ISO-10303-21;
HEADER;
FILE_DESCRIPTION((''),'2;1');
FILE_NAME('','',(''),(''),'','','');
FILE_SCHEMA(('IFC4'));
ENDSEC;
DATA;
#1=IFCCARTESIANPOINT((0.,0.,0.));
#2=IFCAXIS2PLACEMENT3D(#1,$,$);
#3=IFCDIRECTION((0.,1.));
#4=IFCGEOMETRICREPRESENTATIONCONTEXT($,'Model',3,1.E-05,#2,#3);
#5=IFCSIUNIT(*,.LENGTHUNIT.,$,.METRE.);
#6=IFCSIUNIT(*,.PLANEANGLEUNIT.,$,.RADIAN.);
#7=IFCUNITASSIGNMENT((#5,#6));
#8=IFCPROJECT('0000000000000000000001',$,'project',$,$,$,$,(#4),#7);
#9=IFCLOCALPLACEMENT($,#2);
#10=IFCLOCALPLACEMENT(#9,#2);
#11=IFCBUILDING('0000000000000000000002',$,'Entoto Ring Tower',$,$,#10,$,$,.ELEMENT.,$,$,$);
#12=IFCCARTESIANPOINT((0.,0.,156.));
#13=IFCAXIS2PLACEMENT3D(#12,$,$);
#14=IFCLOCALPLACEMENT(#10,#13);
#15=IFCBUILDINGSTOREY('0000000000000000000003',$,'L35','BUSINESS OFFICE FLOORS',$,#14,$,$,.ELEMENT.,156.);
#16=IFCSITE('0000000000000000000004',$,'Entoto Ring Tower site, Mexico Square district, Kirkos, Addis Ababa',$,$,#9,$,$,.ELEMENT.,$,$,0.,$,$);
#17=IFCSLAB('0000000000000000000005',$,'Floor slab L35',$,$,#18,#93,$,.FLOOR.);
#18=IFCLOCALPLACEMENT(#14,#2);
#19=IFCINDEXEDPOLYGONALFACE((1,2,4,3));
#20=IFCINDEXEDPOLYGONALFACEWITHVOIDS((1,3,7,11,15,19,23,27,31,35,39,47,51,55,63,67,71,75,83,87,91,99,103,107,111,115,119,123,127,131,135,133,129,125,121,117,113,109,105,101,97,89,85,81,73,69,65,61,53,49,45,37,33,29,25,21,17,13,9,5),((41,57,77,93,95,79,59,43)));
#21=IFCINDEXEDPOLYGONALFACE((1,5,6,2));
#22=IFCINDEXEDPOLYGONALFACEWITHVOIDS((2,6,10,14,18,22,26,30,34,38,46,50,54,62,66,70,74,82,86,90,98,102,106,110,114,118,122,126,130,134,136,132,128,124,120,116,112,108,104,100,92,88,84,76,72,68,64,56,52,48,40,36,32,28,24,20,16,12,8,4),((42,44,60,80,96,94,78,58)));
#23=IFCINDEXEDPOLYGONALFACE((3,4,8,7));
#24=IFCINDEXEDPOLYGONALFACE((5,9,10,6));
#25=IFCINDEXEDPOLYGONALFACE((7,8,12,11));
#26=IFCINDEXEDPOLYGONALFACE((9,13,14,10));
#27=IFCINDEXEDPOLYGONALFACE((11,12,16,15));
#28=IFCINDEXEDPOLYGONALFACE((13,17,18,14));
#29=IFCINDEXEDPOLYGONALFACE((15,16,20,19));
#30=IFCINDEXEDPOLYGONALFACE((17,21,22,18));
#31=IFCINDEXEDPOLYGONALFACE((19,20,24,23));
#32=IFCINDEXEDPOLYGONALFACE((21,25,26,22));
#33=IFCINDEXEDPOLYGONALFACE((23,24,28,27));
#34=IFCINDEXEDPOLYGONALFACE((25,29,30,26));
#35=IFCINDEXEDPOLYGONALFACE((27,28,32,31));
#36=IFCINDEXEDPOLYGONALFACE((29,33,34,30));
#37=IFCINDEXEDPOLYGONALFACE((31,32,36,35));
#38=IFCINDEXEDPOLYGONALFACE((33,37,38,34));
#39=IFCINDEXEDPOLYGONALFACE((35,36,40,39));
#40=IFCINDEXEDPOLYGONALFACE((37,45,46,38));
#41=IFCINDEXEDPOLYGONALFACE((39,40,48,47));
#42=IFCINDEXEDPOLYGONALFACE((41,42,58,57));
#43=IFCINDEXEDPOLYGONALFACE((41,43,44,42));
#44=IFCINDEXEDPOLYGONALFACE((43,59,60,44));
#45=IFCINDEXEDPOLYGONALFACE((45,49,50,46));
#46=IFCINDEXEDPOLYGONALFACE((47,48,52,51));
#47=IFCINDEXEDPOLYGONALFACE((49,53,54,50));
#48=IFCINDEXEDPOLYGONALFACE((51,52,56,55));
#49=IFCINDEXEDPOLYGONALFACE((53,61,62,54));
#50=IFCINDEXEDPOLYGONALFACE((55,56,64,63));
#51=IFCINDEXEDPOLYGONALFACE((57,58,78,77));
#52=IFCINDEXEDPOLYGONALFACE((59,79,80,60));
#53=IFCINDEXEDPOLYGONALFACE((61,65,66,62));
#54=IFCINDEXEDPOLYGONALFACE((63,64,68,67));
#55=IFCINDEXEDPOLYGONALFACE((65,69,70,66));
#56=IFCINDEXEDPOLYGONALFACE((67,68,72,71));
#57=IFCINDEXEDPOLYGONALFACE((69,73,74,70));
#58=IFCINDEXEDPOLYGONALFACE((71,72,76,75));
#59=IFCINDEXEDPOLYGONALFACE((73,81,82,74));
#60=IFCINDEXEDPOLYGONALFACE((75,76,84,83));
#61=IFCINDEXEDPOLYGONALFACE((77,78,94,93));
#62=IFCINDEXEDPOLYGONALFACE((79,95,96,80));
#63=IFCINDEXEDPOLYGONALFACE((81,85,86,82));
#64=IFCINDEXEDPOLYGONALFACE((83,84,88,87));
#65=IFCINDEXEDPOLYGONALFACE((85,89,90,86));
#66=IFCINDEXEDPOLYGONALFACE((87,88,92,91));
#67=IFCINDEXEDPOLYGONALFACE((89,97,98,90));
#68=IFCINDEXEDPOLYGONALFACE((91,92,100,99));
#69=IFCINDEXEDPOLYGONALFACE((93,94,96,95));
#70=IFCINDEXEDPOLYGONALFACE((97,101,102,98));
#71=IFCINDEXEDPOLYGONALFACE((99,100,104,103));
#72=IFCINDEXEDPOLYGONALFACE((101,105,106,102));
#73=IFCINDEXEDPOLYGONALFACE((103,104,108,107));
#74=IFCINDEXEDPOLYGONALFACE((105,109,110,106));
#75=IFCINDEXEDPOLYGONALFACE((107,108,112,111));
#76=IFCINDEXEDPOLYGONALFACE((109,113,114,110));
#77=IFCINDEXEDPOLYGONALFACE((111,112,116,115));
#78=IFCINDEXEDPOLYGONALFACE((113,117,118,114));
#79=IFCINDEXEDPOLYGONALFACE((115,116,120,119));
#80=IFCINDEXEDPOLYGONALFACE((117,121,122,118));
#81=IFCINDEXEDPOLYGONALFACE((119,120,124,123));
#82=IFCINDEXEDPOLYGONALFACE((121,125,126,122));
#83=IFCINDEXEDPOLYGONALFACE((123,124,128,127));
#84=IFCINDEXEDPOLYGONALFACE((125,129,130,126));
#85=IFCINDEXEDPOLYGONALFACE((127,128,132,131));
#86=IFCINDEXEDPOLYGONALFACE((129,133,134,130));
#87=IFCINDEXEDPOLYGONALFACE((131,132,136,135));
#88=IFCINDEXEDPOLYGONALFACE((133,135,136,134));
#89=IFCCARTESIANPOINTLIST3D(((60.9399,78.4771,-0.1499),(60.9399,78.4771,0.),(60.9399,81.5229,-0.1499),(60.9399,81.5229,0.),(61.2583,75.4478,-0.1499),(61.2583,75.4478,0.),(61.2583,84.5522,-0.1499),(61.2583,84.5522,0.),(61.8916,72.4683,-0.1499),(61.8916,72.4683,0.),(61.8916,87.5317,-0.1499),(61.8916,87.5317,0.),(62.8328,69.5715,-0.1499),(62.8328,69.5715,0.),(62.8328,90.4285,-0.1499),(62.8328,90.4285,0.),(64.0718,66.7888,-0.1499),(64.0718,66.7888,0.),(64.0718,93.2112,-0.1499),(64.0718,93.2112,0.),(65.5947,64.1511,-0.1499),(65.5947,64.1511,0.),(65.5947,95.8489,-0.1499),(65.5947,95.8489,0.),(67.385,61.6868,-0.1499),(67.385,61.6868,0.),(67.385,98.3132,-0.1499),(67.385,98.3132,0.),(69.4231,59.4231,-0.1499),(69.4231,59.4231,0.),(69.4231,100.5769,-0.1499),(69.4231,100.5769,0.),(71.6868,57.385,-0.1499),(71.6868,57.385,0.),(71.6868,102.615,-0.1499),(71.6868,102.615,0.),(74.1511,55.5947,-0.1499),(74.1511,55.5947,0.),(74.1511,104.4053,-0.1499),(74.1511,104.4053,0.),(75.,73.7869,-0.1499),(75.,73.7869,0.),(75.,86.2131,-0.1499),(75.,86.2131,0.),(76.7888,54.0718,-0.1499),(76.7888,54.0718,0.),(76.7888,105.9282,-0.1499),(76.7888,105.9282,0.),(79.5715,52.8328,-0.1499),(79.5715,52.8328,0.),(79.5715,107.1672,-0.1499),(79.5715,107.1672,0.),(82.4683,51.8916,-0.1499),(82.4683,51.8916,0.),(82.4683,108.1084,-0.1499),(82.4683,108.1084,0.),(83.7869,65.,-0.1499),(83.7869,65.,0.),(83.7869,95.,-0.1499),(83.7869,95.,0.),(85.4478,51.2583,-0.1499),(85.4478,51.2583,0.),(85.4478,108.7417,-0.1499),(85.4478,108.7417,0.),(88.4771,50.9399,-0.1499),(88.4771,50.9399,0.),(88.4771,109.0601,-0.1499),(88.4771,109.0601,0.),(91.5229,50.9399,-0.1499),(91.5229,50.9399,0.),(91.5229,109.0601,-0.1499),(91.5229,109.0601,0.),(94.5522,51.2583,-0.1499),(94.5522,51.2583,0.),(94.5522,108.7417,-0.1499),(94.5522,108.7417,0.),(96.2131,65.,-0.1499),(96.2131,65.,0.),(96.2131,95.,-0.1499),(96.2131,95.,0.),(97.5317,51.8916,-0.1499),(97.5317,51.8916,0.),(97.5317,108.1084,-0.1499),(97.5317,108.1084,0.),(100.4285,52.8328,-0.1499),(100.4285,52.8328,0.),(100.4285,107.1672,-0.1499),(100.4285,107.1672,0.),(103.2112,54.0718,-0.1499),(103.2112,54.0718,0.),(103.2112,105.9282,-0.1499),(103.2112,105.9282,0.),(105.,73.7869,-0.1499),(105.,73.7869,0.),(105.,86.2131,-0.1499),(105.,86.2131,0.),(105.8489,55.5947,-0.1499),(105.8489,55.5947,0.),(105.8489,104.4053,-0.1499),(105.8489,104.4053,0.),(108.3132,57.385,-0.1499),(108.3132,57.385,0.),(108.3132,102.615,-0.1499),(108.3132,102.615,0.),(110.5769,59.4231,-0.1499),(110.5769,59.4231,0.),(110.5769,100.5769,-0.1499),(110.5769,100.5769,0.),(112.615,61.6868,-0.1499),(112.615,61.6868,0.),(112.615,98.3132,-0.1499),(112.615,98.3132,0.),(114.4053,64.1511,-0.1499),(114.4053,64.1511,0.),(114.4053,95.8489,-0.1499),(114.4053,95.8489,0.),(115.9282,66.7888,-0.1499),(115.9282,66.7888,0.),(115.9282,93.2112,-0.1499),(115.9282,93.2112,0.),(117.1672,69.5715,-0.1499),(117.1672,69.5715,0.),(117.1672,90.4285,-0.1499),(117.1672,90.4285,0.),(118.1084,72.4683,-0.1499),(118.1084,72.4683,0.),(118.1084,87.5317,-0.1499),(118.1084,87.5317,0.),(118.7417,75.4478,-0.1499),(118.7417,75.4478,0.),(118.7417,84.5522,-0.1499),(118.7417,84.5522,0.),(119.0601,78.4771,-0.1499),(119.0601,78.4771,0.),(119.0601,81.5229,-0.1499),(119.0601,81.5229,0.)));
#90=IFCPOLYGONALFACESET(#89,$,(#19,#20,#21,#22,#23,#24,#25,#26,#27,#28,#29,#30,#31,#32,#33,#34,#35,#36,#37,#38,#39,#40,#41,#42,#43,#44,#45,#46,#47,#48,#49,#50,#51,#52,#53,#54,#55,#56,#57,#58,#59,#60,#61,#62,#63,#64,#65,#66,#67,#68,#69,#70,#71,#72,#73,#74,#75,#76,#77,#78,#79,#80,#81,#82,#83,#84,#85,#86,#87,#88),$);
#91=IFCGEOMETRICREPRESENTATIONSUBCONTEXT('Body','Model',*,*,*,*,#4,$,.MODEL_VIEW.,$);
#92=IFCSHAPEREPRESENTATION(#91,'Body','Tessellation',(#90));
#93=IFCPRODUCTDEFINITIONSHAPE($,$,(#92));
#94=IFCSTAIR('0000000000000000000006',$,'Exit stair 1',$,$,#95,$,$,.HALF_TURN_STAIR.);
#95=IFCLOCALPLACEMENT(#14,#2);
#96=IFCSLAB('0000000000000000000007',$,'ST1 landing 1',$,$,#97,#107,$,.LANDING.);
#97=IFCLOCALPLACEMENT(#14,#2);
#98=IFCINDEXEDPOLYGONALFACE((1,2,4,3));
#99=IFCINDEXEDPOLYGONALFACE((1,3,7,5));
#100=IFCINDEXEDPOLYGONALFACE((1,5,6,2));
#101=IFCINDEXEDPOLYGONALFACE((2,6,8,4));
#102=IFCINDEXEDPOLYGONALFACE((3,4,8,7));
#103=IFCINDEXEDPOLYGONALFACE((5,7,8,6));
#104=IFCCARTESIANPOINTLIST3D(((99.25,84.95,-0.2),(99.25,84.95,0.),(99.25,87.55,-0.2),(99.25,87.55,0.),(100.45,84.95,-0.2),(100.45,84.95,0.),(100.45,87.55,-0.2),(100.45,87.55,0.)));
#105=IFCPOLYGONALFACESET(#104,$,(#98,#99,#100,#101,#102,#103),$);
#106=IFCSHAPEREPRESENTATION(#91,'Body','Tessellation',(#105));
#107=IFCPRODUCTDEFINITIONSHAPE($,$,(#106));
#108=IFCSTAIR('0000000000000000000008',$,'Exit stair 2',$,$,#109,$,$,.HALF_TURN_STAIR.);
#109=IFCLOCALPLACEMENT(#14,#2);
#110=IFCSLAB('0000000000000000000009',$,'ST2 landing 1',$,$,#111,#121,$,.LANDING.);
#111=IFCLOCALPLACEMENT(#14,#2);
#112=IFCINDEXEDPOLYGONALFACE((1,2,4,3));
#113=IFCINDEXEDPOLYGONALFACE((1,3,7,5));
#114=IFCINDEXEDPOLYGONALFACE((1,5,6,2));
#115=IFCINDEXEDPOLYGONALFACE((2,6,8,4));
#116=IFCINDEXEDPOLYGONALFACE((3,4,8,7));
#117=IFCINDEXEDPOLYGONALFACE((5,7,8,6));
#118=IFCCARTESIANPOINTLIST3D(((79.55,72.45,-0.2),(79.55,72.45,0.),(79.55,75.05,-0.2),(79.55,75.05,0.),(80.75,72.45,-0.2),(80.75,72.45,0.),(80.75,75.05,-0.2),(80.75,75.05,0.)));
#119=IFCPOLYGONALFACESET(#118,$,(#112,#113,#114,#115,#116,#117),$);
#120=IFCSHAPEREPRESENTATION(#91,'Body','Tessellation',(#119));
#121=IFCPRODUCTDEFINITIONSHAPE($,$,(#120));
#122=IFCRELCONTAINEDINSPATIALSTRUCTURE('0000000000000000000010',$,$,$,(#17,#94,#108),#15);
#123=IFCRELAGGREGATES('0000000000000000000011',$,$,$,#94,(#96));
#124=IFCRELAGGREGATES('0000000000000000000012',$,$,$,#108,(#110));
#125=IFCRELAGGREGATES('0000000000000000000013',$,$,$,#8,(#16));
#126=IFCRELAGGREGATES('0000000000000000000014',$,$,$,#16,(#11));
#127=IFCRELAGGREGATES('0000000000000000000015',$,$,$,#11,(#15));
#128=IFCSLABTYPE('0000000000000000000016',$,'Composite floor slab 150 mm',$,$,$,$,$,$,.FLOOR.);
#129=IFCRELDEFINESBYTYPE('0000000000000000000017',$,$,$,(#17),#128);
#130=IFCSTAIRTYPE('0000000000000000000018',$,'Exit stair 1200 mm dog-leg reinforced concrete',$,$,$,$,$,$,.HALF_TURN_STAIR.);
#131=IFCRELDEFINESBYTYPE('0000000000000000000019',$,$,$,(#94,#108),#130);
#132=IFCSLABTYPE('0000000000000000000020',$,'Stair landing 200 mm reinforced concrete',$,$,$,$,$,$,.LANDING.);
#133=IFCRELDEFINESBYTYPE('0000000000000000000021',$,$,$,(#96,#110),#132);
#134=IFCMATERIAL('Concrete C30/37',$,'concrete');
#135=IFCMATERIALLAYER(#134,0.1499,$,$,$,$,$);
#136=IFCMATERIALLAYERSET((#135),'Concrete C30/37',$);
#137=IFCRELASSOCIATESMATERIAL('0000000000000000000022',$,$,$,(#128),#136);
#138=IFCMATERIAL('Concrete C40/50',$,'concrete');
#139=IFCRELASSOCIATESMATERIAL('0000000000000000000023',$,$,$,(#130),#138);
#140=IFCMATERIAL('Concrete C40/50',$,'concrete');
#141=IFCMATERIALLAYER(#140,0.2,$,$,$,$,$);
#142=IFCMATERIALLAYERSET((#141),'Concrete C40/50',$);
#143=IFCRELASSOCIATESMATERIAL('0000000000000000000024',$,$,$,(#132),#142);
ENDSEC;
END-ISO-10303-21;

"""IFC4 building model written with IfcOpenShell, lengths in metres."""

from ifc_helpers import new_model, si_unit, direction, frame, origin, place, context, subcontext, project, spatial, polyline, outline, extrude, material, layer, layer_set, type_object, element, aggregate, save


model = new_model("IFC4")

# Units and contexts
model_context = context("Model", 3, precision=1e-05, world=origin(), true_north=direction((0.0, 1.0)))
body_context = subcontext(model_context, "Body", "Model", "MODEL_VIEW")
ifc_project = project(units=[si_unit("LENGTHUNIT", "METRE"), si_unit("PLANEANGLEUNIT", "RADIAN")], contexts=[model_context])

# Site, building, storey
site_placement = place(None, origin())
building_placement = place(site_placement, origin())
storey_placement = place(building_placement, frame((0.0, 0.0, 156.0)))
site = spatial("IfcSite", under=ifc_project, at=site_placement, Name="Entoto Ring Tower site, Mexico Square district, Kirkos, Addis Ababa", CompositionType="ELEMENT", RefElevation=0.0)
building = spatial("IfcBuilding", under=site, at=building_placement, Name="Entoto Ring Tower", CompositionType="ELEMENT")
storey = spatial("IfcBuildingStorey", under=building, at=storey_placement, Name="L35", Description="BUSINESS OFFICE FLOORS", CompositionType="ELEMENT", Elevation=156.0)

# Slab
ifc_material_1 = material(Name="Concrete C30/37", Category="concrete")
ifc_layer_1 = layer(ifc_material_1, 0.1499)
ifc_layer_set_1 = layer_set([ifc_layer_1], Name="Concrete C30/37")
slab_type_1 = type_object("IfcSlabType", Name="Composite floor slab 150 mm", PredefinedType="FLOOR", material=ifc_layer_set_1)
slab_1_placement = place(storey_placement, frame((0.0, 0.0, -0.1499)))
element("IfcSlab", 1, at=slab_1_placement, inside=storey, type_object=slab_type_1, Name="Floor slab L35", PredefinedType="FLOOR", context=body_context, shape_type="SweptSolid", body=[
    extrude(outline(polyline([(118.7417, 84.5522), (118.1084, 87.5317), (117.1672, 90.4285), (115.9282, 93.2112), (114.4053, 95.8489), (112.615, 98.3132), (110.5769, 100.5769), (108.3132, 102.615), (105.8489, 104.4053), (103.2112, 105.9282), (100.4285, 107.1672), (97.5317, 108.1084), (94.5522, 108.7417), (91.5229, 109.0601), (88.4771, 109.0601), (85.4478, 108.7417), (82.4683, 108.1084), (79.5715, 107.1672), (76.7888, 105.9282), (74.1511, 104.4053), (71.6868, 102.615), (69.4231, 100.5769), (67.385, 98.3132), (65.5947, 95.8489), (64.0718, 93.2112), (62.8328, 90.4285), (61.8916, 87.5317), (61.2583, 84.5522), (60.9399, 81.5229), (60.9399, 78.4771), (61.2583, 75.4478), (61.8916, 72.4683), (62.8328, 69.5715), (64.0718, 66.7888), (65.5947, 64.1511), (67.385, 61.6868), (69.4231, 59.4231), (71.6868, 57.385), (74.1511, 55.5947), (76.7888, 54.0718), (79.5715, 52.8328), (82.4683, 51.8916), (85.4478, 51.2583), (88.4771, 50.9399), (91.5229, 50.9399), (94.5522, 51.2583), (97.5317, 51.8916), (100.4285, 52.8328), (103.2112, 54.0718), (105.8489, 55.5947), (108.3132, 57.385), (110.5769, 59.4231), (112.615, 61.6868), (114.4053, 64.1511), (115.9282, 66.7888), (117.1672, 69.5715), (118.1084, 72.4683), (118.7417, 75.4478), (119.0601, 78.4771), (119.0601, 81.5229), (118.7417, 84.5522)]), holes=[polyline([(105.0, 73.7869), (105.0, 86.2131), (96.2131, 95.0), (83.7869, 95.0), (75.0, 86.2131), (75.0, 73.7869), (83.7869, 65.0), (96.2131, 65.0), (105.0, 73.7869)])]), origin(), (0.0, 0.0, 1.0), 0.1499),
])

# Stairs, slabs
ifc_material_2 = material(Name="Concrete C40/50", Category="concrete")
stair_type = type_object("IfcStairType", Name="Exit stair 1200 mm dog-leg reinforced concrete", PredefinedType="HALF_TURN_STAIR", material=ifc_material_2)
stair_1_placement = place(storey_placement, origin())
stair_1 = element("IfcStair", 2, at=stair_1_placement, inside=storey, type_object=stair_type, Name="Exit stair 1", PredefinedType="HALF_TURN_STAIR")
ifc_material_3 = material(Name="Concrete C40/50", Category="concrete")
ifc_layer_2 = layer(ifc_material_3, 0.2)
ifc_layer_set_2 = layer_set([ifc_layer_2], Name="Concrete C40/50")
slab_type_2 = type_object("IfcSlabType", Name="Stair landing 200 mm reinforced concrete", PredefinedType="LANDING", material=ifc_layer_set_2)
slab_2_placement = place(storey_placement, frame((0.0, 0.0, -0.2)))
slab_2 = element("IfcSlab", 3, at=slab_2_placement, type_object=slab_type_2, Name="ST1 landing 1", PredefinedType="LANDING", context=body_context, shape_type="SweptSolid", body=[
    extrude(outline(polyline([(100.45, 84.95), (100.45, 87.55), (99.25, 87.55), (99.25, 84.95), (100.45, 84.95)])), origin(), (0.0, 0.0, 1.0), 0.2),
])
aggregate(stair_1, [slab_2])
stair_2_placement = place(storey_placement, origin())
stair_2 = element("IfcStair", 4, at=stair_2_placement, inside=storey, type_object=stair_type, Name="Exit stair 2", PredefinedType="HALF_TURN_STAIR")
slab_3_placement = place(storey_placement, frame((0.0, 0.0, -0.2)))
slab_3 = element("IfcSlab", 5, at=slab_3_placement, type_object=slab_type_2, Name="ST2 landing 1", PredefinedType="LANDING", context=body_context, shape_type="SweptSolid", body=[
    extrude(outline(polyline([(80.75, 72.45), (80.75, 75.05), (79.55, 75.05), (79.55, 72.45), (80.75, 72.45)])), origin(), (0.0, 0.0, 1.0), 0.2),
])
aggregate(stair_2, [slab_3])

save(model, "model.ifc")
